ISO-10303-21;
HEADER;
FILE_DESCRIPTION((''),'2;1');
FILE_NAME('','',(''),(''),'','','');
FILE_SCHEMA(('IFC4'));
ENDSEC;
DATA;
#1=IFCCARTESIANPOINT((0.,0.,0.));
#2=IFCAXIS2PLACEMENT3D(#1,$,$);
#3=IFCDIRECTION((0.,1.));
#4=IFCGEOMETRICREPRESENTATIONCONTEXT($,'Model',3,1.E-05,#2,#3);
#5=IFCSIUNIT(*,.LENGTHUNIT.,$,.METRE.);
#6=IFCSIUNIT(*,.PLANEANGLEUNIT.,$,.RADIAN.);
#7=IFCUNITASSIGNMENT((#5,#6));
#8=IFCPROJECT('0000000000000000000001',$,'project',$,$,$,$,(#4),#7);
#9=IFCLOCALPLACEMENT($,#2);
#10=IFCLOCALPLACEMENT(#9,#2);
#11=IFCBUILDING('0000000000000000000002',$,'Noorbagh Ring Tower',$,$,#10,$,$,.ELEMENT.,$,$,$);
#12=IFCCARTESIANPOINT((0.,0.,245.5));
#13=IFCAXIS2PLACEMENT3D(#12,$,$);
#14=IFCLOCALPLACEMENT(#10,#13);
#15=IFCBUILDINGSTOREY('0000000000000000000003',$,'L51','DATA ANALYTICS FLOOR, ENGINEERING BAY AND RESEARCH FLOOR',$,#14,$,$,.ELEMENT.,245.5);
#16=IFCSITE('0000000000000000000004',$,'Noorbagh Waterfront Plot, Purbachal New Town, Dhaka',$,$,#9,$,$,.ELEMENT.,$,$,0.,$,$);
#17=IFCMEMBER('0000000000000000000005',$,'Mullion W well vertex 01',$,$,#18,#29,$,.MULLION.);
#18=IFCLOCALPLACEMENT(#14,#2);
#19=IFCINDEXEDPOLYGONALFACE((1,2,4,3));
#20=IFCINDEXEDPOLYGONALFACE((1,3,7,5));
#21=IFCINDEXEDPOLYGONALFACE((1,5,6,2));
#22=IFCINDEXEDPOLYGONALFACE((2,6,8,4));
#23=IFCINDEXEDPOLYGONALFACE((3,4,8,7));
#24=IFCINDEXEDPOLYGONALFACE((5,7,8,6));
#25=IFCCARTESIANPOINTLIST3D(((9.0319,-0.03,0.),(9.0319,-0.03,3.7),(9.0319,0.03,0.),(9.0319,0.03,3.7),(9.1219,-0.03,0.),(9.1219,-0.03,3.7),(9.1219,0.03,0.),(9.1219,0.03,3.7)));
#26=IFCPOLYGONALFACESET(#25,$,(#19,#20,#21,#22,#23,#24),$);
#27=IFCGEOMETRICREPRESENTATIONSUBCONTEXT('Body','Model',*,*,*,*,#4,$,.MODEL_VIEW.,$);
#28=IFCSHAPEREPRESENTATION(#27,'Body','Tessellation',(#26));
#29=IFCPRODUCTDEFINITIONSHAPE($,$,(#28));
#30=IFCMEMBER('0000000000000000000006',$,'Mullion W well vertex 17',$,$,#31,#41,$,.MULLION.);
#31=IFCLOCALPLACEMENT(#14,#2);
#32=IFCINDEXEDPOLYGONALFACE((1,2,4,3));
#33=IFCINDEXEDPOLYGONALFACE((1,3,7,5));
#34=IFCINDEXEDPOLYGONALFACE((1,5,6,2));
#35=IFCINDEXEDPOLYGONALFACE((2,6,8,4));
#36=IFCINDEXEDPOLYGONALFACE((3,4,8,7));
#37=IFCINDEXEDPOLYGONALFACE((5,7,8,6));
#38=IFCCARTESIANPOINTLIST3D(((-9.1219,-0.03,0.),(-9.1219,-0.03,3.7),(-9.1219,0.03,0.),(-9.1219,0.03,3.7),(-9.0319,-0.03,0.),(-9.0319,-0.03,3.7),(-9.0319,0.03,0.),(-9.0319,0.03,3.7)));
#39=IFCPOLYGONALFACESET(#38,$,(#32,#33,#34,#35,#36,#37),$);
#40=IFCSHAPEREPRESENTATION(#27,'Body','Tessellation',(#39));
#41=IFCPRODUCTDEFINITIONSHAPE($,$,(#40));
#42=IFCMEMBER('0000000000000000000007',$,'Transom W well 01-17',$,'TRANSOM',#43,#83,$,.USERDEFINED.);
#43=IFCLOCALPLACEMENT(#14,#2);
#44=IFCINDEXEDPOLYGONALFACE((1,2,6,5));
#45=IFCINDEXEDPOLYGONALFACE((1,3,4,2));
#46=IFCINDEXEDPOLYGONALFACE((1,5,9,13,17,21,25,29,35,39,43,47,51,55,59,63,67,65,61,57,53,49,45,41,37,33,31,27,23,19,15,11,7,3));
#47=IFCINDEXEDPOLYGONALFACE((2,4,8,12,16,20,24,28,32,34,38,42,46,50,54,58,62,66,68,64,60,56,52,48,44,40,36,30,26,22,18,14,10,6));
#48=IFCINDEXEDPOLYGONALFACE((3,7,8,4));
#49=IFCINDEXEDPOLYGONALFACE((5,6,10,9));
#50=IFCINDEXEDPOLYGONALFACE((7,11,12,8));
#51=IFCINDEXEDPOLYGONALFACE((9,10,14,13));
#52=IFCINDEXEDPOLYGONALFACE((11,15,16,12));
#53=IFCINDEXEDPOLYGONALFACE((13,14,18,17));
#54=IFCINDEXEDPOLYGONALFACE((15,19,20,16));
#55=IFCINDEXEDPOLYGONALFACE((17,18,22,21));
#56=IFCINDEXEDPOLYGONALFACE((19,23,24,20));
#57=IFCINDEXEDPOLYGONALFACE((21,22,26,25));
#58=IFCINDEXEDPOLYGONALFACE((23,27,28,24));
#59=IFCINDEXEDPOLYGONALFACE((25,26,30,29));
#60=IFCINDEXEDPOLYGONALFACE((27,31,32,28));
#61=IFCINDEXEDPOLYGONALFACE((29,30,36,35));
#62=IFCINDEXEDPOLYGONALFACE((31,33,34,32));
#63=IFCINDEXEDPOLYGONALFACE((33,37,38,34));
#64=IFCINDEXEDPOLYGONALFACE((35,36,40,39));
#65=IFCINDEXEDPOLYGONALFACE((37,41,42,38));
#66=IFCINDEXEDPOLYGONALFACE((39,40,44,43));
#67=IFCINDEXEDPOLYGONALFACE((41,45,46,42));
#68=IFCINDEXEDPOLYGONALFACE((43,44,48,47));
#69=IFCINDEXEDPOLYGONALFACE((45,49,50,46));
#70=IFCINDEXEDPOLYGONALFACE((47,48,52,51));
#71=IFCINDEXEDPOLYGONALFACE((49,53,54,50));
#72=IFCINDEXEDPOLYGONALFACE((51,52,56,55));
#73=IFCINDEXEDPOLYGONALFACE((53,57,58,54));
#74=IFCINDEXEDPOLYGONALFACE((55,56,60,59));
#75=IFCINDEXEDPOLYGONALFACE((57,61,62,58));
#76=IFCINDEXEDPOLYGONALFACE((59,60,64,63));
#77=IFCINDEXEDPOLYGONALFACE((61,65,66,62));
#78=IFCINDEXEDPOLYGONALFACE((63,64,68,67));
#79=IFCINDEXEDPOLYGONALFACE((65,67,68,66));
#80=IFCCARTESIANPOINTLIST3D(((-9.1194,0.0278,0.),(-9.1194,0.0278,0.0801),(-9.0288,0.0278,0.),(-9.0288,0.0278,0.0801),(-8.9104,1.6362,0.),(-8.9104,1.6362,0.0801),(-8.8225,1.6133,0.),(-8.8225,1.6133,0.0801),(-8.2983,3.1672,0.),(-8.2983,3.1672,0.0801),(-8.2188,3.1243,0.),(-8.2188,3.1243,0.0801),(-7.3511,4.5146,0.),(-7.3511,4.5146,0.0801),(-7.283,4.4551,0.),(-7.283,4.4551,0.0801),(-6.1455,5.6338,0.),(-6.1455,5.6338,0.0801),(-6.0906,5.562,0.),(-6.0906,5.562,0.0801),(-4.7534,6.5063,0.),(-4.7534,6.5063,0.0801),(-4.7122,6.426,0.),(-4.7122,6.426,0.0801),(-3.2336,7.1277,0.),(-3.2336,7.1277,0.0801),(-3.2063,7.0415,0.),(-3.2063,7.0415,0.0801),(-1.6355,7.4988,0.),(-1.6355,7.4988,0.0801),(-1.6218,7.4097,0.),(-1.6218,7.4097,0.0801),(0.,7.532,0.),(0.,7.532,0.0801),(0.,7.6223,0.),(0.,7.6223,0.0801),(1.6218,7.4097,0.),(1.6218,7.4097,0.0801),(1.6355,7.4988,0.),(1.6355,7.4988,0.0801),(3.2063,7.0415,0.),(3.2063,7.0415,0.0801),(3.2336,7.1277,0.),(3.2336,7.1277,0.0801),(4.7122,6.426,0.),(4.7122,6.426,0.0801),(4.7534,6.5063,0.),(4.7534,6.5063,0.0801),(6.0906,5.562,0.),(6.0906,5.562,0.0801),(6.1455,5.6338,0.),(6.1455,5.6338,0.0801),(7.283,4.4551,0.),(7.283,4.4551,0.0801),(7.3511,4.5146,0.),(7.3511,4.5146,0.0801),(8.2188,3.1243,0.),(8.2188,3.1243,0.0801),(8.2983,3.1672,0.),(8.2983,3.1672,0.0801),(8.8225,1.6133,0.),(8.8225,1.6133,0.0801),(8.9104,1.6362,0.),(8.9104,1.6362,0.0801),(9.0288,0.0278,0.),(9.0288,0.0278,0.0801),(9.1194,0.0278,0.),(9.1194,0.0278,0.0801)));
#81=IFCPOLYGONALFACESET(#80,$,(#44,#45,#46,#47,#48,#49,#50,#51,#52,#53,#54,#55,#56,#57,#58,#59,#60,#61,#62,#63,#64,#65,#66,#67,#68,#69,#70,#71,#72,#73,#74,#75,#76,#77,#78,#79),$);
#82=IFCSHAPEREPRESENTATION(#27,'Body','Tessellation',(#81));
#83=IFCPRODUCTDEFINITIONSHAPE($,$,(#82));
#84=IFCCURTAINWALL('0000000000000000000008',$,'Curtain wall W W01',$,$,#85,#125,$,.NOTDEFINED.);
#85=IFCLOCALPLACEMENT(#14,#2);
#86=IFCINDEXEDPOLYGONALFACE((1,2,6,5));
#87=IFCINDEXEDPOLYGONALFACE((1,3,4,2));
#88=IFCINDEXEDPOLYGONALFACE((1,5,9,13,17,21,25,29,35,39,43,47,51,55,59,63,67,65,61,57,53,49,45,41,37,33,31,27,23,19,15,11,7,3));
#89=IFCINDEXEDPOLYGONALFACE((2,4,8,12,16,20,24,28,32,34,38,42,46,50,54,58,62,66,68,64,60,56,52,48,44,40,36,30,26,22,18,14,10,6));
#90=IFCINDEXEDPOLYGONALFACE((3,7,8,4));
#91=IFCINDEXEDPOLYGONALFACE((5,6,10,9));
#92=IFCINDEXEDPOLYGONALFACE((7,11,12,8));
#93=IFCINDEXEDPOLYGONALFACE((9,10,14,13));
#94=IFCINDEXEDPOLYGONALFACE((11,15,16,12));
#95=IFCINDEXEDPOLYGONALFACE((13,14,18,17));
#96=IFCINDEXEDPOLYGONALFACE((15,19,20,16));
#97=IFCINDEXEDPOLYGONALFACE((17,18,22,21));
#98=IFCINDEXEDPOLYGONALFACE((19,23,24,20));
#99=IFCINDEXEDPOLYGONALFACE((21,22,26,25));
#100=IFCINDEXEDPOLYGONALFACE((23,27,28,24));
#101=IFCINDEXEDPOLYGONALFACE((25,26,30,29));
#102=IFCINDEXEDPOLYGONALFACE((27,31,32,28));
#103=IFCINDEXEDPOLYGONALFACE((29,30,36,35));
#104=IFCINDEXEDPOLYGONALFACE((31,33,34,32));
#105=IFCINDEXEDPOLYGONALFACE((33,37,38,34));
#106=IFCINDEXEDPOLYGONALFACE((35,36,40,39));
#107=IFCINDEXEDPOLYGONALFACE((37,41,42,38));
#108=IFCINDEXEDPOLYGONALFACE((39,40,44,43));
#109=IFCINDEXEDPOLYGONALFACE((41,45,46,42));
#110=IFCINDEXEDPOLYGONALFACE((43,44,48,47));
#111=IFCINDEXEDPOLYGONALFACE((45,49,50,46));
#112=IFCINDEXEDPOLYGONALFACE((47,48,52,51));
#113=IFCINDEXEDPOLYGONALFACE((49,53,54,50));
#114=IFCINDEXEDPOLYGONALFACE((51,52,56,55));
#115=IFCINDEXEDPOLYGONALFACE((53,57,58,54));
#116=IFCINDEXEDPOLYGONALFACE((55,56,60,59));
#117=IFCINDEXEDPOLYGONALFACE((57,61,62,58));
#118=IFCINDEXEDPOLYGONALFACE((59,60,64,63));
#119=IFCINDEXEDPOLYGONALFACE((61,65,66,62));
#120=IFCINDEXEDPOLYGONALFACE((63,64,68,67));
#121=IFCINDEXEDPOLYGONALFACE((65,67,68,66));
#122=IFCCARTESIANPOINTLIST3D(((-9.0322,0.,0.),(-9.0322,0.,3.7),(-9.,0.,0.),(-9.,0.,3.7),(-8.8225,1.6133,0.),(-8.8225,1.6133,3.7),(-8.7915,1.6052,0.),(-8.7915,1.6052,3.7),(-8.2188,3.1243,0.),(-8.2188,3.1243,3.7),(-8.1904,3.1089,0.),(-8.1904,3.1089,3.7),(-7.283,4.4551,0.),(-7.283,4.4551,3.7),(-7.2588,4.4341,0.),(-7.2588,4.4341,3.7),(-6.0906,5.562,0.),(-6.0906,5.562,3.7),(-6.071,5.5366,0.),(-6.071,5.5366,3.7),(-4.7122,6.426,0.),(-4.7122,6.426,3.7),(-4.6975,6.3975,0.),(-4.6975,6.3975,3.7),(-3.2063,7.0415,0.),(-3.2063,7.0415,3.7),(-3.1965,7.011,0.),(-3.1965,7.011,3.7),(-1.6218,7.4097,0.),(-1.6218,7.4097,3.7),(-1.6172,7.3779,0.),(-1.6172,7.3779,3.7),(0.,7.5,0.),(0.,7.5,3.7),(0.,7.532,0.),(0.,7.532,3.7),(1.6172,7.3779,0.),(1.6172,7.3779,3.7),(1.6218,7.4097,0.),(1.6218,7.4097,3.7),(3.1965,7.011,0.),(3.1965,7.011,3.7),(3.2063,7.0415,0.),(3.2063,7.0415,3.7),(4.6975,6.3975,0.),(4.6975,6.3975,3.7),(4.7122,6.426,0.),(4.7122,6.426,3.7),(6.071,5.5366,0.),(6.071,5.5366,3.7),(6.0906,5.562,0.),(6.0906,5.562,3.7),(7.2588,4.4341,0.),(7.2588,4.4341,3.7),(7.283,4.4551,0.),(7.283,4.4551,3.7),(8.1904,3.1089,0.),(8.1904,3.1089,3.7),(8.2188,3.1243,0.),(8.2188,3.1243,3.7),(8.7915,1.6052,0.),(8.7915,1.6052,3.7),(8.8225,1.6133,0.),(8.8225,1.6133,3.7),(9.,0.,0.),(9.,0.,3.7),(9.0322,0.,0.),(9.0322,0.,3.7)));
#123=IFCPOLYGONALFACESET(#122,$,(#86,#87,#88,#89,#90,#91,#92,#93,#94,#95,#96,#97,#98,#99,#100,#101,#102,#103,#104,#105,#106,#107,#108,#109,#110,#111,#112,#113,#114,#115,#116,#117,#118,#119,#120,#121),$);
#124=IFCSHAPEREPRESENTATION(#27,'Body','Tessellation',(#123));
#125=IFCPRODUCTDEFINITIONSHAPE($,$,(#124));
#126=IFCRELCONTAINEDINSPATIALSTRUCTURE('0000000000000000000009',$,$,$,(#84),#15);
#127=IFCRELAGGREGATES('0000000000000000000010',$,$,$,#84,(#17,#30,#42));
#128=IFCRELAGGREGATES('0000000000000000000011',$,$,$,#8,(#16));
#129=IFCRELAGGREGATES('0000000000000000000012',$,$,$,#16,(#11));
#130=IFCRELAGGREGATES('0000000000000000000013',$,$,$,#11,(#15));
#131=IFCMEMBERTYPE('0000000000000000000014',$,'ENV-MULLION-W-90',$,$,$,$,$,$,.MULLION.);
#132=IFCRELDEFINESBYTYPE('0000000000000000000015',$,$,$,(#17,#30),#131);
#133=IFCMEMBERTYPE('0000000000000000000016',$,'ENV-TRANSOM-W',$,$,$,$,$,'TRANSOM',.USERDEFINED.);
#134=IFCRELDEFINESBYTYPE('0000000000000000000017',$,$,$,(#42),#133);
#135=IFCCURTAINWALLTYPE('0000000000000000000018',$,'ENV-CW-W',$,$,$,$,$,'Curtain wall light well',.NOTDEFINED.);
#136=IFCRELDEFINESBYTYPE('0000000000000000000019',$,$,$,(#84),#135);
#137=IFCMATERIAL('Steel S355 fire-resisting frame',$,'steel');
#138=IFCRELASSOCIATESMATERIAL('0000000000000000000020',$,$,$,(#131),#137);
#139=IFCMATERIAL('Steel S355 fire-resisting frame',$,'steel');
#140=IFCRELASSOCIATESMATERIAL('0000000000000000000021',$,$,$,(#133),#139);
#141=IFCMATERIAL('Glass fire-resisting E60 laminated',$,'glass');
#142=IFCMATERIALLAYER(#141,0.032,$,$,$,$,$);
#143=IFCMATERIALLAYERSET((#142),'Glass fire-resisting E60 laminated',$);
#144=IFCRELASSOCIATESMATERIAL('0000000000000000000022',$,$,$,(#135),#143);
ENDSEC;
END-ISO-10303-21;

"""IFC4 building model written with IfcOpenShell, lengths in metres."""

from ifc_helpers import new_model, si_unit, direction, frame, origin, origin_2d, place, context, subcontext, project, spatial, polyline, rectangle, outline, extrude, material, layer, layer_set, material_profile, profile_set, type_object, element, aggregate, save


model = new_model("IFC4")

# Units and contexts
model_context = context("Model", 3, precision=1e-05, world=origin(), true_north=direction((0.0, 1.0)))
body_context = subcontext(model_context, "Body", "Model", "MODEL_VIEW")
ifc_project = project(units=[si_unit("LENGTHUNIT", "METRE"), si_unit("PLANEANGLEUNIT", "RADIAN")], contexts=[model_context])

# Members
site_placement = place(None, origin())
building_placement = place(site_placement, origin())
storey_placement = place(building_placement, frame((0.0, 0.0, 245.5)))
ifc_material_1 = material(Name="Steel S355 fire-resisting frame", Category="steel")
ifc_material_profile_1 = material_profile(ifc_material_1, rectangle(XDim=0.0901, YDim=0.0601, at=origin_2d()), Name="90x60")
ifc_profile_set_1 = profile_set([ifc_material_profile_1], Name="Steel S355 fire-resisting frame")
member_type_1 = type_object("IfcMemberType", Name="ENV-MULLION-W-90", PredefinedType="MULLION", material=ifc_profile_set_1)
member_1_placement = place(storey_placement, frame((9.0769, 0.0, 0.0), z_axis=(0.0, 0.0, 1.0), x_axis=(1.0, 0.0, 0.0)))
member_1 = element("IfcMember", 1, at=member_1_placement, type_object=member_type_1, Name="Mullion W well vertex 01", PredefinedType="MULLION", context=body_context, shape_type="SweptSolid", body=[
    extrude(rectangle(XDim=0.0901, YDim=0.0601, at=origin_2d()), origin(), (0.0, 0.0, 1.0), 3.7),
])
member_2_placement = place(storey_placement, frame((-9.0769, 0.0, 0.0), z_axis=(0.0, 0.0, 1.0), x_axis=(-1.0, 0.0, 0.0)))
member_2 = element("IfcMember", 2, at=member_2_placement, type_object=member_type_1, Name="Mullion W well vertex 17", PredefinedType="MULLION", context=body_context, shape_type="SweptSolid", body=[
    extrude(rectangle(XDim=0.0901, YDim=0.0601, at=origin_2d()), origin(), (0.0, 0.0, 1.0), 3.7),
])
ifc_material_2 = material(Name="Steel S355 fire-resisting frame", Category="steel")
member_type_2 = type_object("IfcMemberType", Name="ENV-TRANSOM-W", ElementType="TRANSOM", PredefinedType="USERDEFINED", material=ifc_material_2)
member_3_placement = place(storey_placement, origin())
member_3 = element("IfcMember", 3, at=member_3_placement, type_object=member_type_2, Name="Transom W well 01-17", ObjectType="TRANSOM", PredefinedType="USERDEFINED", context=body_context, shape_type="SweptSolid", body=[
    extrude(outline(polyline([(9.1194, 0.0278), (8.9104, 1.6362), (8.2983, 3.1672), (7.3511, 4.5146), (6.1455, 5.6338), (4.7534, 6.5063), (3.2336, 7.1277), (1.6355, 7.4988), (0.0, 7.6223), (-1.6355, 7.4988), (-3.2336, 7.1277), (-4.7534, 6.5063), (-6.1455, 5.6338), (-7.3511, 4.5146), (-8.2983, 3.1672), (-8.9104, 1.6362), (-9.1194, 0.0278), (-9.0288, 0.0278), (-8.8225, 1.6133), (-8.2188, 3.1243), (-7.283, 4.4551), (-6.0906, 5.562), (-4.7122, 6.426), (-3.2063, 7.0415), (-1.6218, 7.4097), (0.0, 7.532), (1.6218, 7.4097), (3.2063, 7.0415), (4.7122, 6.426), (6.0906, 5.562), (7.283, 4.4551), (8.2188, 3.1243), (8.8225, 1.6133), (9.0288, 0.0278), (9.1194, 0.0278)])), origin(), (0.0, 0.0, 1.0), 0.0801),
])

# Site, building, storey
site = spatial("IfcSite", under=ifc_project, at=site_placement, Name="Noorbagh Waterfront Plot, Purbachal New Town, Dhaka", CompositionType="ELEMENT", RefElevation=0.0)
building = spatial("IfcBuilding", under=site, at=building_placement, Name="Noorbagh Ring Tower", CompositionType="ELEMENT")
storey = spatial("IfcBuildingStorey", under=building, at=storey_placement, Name="L51", Description="DATA ANALYTICS FLOOR, ENGINEERING BAY AND RESEARCH FLOOR", CompositionType="ELEMENT", Elevation=245.5)

# Curtain wall
ifc_material_3 = material(Name="Glass fire-resisting E60 laminated", Category="glass")
ifc_layer_1 = layer(ifc_material_3, 0.032)
ifc_layer_set_1 = layer_set([ifc_layer_1], Name="Glass fire-resisting E60 laminated")
curtain_wall_type_1 = type_object("IfcCurtainWallType", Name="ENV-CW-W", ElementType="Curtain wall light well", PredefinedType="NOTDEFINED", material=ifc_layer_set_1)
curtain_wall_1_placement = place(storey_placement, origin())
curtain_wall_1 = element("IfcCurtainWall", 4, at=curtain_wall_1_placement, inside=storey, type_object=curtain_wall_type_1, Name="Curtain wall W W01", PredefinedType="NOTDEFINED", context=body_context, shape_type="SweptSolid", body=[
    extrude(outline(polyline([(9.0322, 0.0), (8.8225, 1.6133), (8.2188, 3.1243), (7.283, 4.4551), (6.0906, 5.562), (4.7122, 6.426), (3.2063, 7.0415), (1.6218, 7.4097), (0.0, 7.532), (-1.6218, 7.4097), (-3.2063, 7.0415), (-4.7122, 6.426), (-6.0906, 5.562), (-7.283, 4.4551), (-8.2188, 3.1243), (-8.8225, 1.6133), (-9.0322, 0.0), (-9.0, 0.0), (-8.7915, 1.6052), (-8.1904, 3.1089), (-7.2588, 4.4341), (-6.071, 5.5366), (-4.6975, 6.3975), (-3.1965, 7.011), (-1.6172, 7.3779), (0.0, 7.5), (1.6172, 7.3779), (3.1965, 7.011), (4.6975, 6.3975), (6.071, 5.5366), (7.2588, 4.4341), (8.1904, 3.1089), (8.7915, 1.6052), (9.0, 0.0), (9.0322, 0.0)])), origin(), (0.0, 0.0, 1.0), 3.7),
])
aggregate(curtain_wall_1, [member_1, member_2, member_3])

save(model, "model.ifc")
